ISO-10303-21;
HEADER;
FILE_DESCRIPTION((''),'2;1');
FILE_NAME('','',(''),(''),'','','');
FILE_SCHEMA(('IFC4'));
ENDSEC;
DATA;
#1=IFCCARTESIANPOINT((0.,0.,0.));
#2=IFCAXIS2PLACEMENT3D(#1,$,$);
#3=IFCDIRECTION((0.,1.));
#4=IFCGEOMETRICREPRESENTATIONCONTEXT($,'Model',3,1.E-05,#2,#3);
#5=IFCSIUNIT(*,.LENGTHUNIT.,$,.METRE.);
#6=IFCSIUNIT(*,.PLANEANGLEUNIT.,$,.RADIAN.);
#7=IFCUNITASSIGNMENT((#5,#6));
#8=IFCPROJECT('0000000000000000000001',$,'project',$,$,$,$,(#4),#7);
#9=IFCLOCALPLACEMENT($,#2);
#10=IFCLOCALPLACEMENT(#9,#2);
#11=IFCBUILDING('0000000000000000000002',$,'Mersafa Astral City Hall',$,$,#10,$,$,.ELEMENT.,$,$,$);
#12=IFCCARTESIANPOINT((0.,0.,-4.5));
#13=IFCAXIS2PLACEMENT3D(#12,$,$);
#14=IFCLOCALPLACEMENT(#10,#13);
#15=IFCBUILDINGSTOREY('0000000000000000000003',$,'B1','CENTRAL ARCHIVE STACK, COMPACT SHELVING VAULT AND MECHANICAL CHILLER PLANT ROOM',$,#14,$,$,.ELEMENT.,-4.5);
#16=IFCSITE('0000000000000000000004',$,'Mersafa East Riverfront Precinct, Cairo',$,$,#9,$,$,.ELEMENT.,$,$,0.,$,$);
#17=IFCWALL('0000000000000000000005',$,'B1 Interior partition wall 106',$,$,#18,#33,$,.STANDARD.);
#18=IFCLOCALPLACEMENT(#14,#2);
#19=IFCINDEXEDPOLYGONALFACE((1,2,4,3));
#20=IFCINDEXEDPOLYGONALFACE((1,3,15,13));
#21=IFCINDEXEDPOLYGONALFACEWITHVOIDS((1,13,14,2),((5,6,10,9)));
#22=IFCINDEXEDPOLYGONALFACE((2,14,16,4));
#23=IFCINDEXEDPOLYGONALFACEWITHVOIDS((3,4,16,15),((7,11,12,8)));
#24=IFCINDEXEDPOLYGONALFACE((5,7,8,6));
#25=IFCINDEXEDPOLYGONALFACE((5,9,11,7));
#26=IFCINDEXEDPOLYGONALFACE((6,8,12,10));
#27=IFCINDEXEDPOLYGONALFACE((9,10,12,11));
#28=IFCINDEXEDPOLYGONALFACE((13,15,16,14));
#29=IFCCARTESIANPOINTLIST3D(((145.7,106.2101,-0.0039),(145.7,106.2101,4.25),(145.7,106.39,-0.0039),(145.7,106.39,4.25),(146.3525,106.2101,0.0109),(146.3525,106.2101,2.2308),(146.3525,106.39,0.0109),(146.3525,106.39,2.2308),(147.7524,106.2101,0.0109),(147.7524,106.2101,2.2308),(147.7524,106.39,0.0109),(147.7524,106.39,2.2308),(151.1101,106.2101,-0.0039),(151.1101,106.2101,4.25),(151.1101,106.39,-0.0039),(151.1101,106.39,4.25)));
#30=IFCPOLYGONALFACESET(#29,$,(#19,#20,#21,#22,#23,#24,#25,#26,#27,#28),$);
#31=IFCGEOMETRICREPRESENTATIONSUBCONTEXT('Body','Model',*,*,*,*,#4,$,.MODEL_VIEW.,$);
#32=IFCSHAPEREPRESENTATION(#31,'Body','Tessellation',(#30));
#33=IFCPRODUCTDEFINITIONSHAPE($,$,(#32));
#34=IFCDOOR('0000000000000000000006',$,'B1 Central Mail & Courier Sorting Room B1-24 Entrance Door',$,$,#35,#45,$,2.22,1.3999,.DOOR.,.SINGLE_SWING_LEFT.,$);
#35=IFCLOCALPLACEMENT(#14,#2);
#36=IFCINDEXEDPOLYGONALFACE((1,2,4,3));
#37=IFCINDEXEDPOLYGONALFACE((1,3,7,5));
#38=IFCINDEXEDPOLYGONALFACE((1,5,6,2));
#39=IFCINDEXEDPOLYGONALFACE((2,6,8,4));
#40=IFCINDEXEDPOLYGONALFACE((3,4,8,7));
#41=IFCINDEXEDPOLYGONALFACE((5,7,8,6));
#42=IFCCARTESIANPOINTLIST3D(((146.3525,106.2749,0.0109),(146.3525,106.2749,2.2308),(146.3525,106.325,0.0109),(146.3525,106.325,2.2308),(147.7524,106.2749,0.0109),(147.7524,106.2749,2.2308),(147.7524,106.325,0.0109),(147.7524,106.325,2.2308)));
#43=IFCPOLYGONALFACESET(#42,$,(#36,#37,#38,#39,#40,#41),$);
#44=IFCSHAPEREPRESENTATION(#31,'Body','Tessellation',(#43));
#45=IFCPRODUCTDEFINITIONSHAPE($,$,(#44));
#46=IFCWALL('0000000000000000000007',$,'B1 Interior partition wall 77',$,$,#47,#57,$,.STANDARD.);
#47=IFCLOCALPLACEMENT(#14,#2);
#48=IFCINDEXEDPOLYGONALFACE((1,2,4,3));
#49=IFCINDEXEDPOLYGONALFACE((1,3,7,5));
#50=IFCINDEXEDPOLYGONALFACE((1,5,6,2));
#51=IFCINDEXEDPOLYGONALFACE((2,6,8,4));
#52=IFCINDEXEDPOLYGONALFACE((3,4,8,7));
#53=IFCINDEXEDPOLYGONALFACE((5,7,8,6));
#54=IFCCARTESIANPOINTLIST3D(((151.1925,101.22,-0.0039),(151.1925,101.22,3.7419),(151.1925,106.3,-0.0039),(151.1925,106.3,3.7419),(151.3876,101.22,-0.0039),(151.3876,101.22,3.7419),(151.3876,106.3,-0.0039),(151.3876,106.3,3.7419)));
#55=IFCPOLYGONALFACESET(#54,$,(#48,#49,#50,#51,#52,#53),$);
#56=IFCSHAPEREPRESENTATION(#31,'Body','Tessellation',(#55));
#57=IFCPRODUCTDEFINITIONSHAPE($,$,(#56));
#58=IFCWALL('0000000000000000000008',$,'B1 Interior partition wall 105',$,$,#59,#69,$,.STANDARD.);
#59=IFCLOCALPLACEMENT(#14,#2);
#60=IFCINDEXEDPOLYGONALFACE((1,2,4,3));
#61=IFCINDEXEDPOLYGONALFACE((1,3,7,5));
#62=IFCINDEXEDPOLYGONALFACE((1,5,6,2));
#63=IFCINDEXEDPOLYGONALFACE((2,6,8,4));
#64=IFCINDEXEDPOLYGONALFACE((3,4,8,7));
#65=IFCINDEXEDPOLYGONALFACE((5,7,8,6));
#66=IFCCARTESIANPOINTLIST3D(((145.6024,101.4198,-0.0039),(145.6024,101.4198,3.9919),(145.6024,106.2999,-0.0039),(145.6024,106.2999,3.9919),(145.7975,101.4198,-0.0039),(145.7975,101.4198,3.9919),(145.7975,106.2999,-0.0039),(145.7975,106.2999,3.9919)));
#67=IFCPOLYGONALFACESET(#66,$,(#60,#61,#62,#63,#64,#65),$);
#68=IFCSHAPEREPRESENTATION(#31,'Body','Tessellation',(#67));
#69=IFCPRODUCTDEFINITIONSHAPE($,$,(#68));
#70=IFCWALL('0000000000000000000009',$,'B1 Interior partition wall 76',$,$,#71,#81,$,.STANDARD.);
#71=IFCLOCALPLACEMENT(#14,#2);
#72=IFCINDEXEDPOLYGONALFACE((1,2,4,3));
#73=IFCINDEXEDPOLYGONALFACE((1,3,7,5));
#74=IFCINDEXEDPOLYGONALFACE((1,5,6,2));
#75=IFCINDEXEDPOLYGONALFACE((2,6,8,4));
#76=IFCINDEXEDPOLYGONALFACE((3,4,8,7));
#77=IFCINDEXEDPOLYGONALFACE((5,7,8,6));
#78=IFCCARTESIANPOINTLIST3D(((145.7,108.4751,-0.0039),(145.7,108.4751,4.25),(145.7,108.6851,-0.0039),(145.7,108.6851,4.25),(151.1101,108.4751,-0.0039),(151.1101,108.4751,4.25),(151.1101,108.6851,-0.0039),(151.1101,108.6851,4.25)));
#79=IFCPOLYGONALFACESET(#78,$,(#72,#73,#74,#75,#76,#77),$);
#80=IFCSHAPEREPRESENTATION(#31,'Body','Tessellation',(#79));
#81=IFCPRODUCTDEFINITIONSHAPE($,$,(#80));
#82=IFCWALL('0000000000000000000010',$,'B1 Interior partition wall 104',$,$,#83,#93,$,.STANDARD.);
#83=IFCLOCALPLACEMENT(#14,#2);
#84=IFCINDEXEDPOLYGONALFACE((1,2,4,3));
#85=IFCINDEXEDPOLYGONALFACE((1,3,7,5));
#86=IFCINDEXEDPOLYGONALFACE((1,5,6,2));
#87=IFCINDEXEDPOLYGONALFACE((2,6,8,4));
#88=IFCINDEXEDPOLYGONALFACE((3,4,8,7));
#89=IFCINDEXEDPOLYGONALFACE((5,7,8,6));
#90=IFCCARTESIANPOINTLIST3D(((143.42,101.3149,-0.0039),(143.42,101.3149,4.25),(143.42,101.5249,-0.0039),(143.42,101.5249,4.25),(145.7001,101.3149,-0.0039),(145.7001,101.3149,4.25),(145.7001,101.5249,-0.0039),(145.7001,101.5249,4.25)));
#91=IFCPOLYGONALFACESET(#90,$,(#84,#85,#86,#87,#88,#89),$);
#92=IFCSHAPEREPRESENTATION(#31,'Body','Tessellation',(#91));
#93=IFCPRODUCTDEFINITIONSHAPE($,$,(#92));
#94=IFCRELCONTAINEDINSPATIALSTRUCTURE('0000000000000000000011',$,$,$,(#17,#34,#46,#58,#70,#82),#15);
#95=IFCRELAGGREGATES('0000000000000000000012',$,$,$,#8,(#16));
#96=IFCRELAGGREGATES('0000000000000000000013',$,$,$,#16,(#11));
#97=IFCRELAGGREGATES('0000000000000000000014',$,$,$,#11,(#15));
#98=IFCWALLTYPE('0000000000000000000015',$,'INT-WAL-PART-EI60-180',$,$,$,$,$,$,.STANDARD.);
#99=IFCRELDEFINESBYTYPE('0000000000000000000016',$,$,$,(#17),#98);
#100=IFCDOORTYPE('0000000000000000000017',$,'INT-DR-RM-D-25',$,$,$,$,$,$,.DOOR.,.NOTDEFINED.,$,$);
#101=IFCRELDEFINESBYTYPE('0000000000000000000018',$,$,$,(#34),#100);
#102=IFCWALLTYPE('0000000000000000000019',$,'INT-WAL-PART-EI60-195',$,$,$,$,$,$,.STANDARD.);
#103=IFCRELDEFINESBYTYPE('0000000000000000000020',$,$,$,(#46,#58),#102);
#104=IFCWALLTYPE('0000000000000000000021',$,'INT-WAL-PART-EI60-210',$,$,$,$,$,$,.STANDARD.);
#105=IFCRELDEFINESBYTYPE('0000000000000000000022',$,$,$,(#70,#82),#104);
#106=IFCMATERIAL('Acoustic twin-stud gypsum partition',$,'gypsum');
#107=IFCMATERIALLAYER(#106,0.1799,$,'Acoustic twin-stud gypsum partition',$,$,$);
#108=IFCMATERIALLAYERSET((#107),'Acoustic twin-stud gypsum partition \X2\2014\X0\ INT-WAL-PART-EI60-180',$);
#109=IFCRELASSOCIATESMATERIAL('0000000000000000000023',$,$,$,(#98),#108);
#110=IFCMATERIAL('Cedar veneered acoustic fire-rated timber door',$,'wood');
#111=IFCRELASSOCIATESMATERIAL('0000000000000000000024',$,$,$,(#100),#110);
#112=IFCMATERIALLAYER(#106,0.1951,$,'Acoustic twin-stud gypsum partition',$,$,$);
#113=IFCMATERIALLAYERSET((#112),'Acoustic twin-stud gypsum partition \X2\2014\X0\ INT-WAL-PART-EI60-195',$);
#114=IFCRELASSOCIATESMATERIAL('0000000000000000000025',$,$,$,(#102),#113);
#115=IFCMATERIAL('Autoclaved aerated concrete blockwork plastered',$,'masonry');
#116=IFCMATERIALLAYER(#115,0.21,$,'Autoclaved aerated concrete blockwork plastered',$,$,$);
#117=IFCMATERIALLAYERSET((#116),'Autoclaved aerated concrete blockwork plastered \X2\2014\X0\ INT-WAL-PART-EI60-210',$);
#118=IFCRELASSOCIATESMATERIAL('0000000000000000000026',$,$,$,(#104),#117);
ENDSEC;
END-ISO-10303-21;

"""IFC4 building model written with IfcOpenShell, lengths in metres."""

from ifc_helpers import new_model, si_unit, direction, frame, frame_2d, origin, place, context, subcontext, project, spatial, rectangle, extrude, material, layer, layer_set, type_object, element, fill, save


model = new_model("IFC4")

# Units and contexts
model_context = context("Model", 3, precision=1e-05, world=origin(), true_north=direction((0.0, 1.0)))
body_context = subcontext(model_context, "Body", "Model", "MODEL_VIEW")
ifc_project = project(units=[si_unit("LENGTHUNIT", "METRE"), si_unit("PLANEANGLEUNIT", "RADIAN")], contexts=[model_context])

# Site, building, storey
site_placement = place(None, origin())
site = spatial("IfcSite", under=ifc_project, at=site_placement, Name="Mersafa East Riverfront Precinct, Cairo", CompositionType="ELEMENT", RefElevation=0.0)
building_placement = place(site_placement, origin())
building = spatial("IfcBuilding", under=site, at=building_placement, Name="Mersafa Astral City Hall", CompositionType="ELEMENT")
storey_placement = place(building_placement, frame((0.0, 0.0, -4.5)))
storey = spatial("IfcBuildingStorey", under=building, at=storey_placement, Name="B1", Description="CENTRAL ARCHIVE STACK, COMPACT SHELVING VAULT AND MECHANICAL CHILLER PLANT ROOM", CompositionType="ELEMENT", Elevation=-4.5)

# Shared definitions
ifc_material_1 = material(Name="Acoustic twin-stud gypsum partition", Category="gypsum")
ifc_layer_1 = layer(ifc_material_1, 0.1799, Name="Acoustic twin-stud gypsum partition")
ifc_layer_set_1 = layer_set([ifc_layer_1], Name="Acoustic twin-stud gypsum partition — INT-WAL-PART-EI60-180")
wall_type_1 = type_object("IfcWallType", Name="INT-WAL-PART-EI60-180", PredefinedType="STANDARD", material=ifc_layer_set_1)

# Wall, opening, door
wall_1_placement = place(storey_placement, frame((145.7, 106.3, -0.0039), z_axis=(0.0, 0.0, 1.0), x_axis=(1.0, 0.0, 0.0)))
wall_1 = element("IfcWall", 1, at=wall_1_placement, inside=storey, type_object=wall_type_1, Name="B1 Interior partition wall 106", PredefinedType="STANDARD", context=body_context, shape_type="SweptSolid", body=[
    extrude(rectangle(XDim=5.4102, YDim=0.1799, at=frame_2d((2.7051, 0.0))), origin(), (0.0, 0.0, 1.0), 4.2539),
])
opening_placement = place(wall_1_placement, frame((0.6526, 0.0, 0.0149)))
opening = element("IfcOpeningElement", 2, at=opening_placement, cuts=wall_1, PredefinedType="OPENING", context=body_context, shape_type="SweptSolid", body=[
    extrude(rectangle(XDim=1.3999, YDim=2.22, at=frame_2d((0.7, 1.1099))), frame((0.0, 0.0999, 0.0), z_axis=(0.0, -1.0, 0.0), x_axis=(1.0, 0.0, 0.0)), (0.0, 0.0, 1.0), 0.2),
])
ifc_material_2 = material(Name="Cedar veneered acoustic fire-rated timber door", Category="wood")
door_type = type_object("IfcDoorType", Name="INT-DR-RM-D-25", OperationType="NOTDEFINED", PredefinedType="DOOR", material=ifc_material_2)
door_placement = place(opening_placement, origin())
door = element("IfcDoor", 3, at=door_placement, inside=storey, type_object=door_type, Name="B1 Central Mail & Courier Sorting Room B1-24 Entrance Door", OperationType="SINGLE_SWING_LEFT", OverallHeight=2.22, OverallWidth=1.3999, PredefinedType="DOOR", context=body_context, shape_type="SweptSolid", body=[
    extrude(rectangle(XDim=1.3999, YDim=2.22, at=frame_2d((0.7, 1.1099))), frame((0.0, 0.0249, 0.0), z_axis=(0.0, -1.0, 0.0), x_axis=(1.0, 0.0, 0.0)), (0.0, 0.0, 1.0), 0.05),
])
fill(opening, door)

# Walls
ifc_layer_2 = layer(ifc_material_1, 0.1951, Name="Acoustic twin-stud gypsum partition")
ifc_layer_set_2 = layer_set([ifc_layer_2], Name="Acoustic twin-stud gypsum partition — INT-WAL-PART-EI60-195")
wall_type_2 = type_object("IfcWallType", Name="INT-WAL-PART-EI60-195", PredefinedType="STANDARD", material=ifc_layer_set_2)
wall_2_placement = place(storey_placement, frame((151.29, 101.22, -0.0039), z_axis=(0.0, 0.0, 1.0), x_axis=(0.0, 1.0, 0.0)))
element("IfcWall", 4, at=wall_2_placement, inside=storey, type_object=wall_type_2, Name="B1 Interior partition wall 77", PredefinedType="STANDARD", context=body_context, shape_type="SweptSolid", body=[
    extrude(rectangle(XDim=5.0801, YDim=0.1951, at=frame_2d((2.54, 0.0))), origin(), (0.0, 0.0, 1.0), 3.7458),
])
wall_3_placement = place(storey_placement, frame((145.7, 101.4199, -0.0039), z_axis=(0.0, 0.0, 1.0), x_axis=(0.0, 1.0, 0.0)))
element("IfcWall", 5, at=wall_3_placement, inside=storey, type_object=wall_type_2, Name="B1 Interior partition wall 105", PredefinedType="STANDARD", context=body_context, shape_type="SweptSolid", body=[
    extrude(rectangle(XDim=4.8801, YDim=0.1951, at=frame_2d((2.4399, 0.0))), origin(), (0.0, 0.0, 1.0), 3.9958),
])
ifc_material_3 = material(Name="Autoclaved aerated concrete blockwork plastered", Category="masonry")
ifc_layer_3 = layer(ifc_material_3, 0.21, Name="Autoclaved aerated concrete blockwork plastered")
ifc_layer_set_3 = layer_set([ifc_layer_3], Name="Autoclaved aerated concrete blockwork plastered — INT-WAL-PART-EI60-210")
wall_type_3 = type_object("IfcWallType", Name="INT-WAL-PART-EI60-210", PredefinedType="STANDARD", material=ifc_layer_set_3)
wall_4_placement = place(storey_placement, frame((151.1101, 108.5801, -0.0039), z_axis=(0.0, 0.0, 1.0), x_axis=(-1.0, 0.0, 0.0)))
element("IfcWall", 6, at=wall_4_placement, inside=storey, type_object=wall_type_3, Name="B1 Interior partition wall 76", PredefinedType="STANDARD", context=body_context, shape_type="SweptSolid", body=[
    extrude(rectangle(XDim=5.4102, YDim=0.21, at=frame_2d((2.7051, 0.0))), origin(), (0.0, 0.0, 1.0), 4.2539),
])
wall_5_placement = place(storey_placement, frame((143.4199, 101.4199, -0.0039), z_axis=(0.0, 0.0, 1.0), x_axis=(1.0, 0.0, 0.0)))
element("IfcWall", 7, at=wall_5_placement, inside=storey, type_object=wall_type_3, Name="B1 Interior partition wall 104", PredefinedType="STANDARD", context=body_context, shape_type="SweptSolid", body=[
    extrude(rectangle(XDim=2.28, YDim=0.21, at=frame_2d((1.1401, 0.0))), origin(), (0.0, 0.0, 1.0), 4.2539),
])

save(model, "model.ifc")
